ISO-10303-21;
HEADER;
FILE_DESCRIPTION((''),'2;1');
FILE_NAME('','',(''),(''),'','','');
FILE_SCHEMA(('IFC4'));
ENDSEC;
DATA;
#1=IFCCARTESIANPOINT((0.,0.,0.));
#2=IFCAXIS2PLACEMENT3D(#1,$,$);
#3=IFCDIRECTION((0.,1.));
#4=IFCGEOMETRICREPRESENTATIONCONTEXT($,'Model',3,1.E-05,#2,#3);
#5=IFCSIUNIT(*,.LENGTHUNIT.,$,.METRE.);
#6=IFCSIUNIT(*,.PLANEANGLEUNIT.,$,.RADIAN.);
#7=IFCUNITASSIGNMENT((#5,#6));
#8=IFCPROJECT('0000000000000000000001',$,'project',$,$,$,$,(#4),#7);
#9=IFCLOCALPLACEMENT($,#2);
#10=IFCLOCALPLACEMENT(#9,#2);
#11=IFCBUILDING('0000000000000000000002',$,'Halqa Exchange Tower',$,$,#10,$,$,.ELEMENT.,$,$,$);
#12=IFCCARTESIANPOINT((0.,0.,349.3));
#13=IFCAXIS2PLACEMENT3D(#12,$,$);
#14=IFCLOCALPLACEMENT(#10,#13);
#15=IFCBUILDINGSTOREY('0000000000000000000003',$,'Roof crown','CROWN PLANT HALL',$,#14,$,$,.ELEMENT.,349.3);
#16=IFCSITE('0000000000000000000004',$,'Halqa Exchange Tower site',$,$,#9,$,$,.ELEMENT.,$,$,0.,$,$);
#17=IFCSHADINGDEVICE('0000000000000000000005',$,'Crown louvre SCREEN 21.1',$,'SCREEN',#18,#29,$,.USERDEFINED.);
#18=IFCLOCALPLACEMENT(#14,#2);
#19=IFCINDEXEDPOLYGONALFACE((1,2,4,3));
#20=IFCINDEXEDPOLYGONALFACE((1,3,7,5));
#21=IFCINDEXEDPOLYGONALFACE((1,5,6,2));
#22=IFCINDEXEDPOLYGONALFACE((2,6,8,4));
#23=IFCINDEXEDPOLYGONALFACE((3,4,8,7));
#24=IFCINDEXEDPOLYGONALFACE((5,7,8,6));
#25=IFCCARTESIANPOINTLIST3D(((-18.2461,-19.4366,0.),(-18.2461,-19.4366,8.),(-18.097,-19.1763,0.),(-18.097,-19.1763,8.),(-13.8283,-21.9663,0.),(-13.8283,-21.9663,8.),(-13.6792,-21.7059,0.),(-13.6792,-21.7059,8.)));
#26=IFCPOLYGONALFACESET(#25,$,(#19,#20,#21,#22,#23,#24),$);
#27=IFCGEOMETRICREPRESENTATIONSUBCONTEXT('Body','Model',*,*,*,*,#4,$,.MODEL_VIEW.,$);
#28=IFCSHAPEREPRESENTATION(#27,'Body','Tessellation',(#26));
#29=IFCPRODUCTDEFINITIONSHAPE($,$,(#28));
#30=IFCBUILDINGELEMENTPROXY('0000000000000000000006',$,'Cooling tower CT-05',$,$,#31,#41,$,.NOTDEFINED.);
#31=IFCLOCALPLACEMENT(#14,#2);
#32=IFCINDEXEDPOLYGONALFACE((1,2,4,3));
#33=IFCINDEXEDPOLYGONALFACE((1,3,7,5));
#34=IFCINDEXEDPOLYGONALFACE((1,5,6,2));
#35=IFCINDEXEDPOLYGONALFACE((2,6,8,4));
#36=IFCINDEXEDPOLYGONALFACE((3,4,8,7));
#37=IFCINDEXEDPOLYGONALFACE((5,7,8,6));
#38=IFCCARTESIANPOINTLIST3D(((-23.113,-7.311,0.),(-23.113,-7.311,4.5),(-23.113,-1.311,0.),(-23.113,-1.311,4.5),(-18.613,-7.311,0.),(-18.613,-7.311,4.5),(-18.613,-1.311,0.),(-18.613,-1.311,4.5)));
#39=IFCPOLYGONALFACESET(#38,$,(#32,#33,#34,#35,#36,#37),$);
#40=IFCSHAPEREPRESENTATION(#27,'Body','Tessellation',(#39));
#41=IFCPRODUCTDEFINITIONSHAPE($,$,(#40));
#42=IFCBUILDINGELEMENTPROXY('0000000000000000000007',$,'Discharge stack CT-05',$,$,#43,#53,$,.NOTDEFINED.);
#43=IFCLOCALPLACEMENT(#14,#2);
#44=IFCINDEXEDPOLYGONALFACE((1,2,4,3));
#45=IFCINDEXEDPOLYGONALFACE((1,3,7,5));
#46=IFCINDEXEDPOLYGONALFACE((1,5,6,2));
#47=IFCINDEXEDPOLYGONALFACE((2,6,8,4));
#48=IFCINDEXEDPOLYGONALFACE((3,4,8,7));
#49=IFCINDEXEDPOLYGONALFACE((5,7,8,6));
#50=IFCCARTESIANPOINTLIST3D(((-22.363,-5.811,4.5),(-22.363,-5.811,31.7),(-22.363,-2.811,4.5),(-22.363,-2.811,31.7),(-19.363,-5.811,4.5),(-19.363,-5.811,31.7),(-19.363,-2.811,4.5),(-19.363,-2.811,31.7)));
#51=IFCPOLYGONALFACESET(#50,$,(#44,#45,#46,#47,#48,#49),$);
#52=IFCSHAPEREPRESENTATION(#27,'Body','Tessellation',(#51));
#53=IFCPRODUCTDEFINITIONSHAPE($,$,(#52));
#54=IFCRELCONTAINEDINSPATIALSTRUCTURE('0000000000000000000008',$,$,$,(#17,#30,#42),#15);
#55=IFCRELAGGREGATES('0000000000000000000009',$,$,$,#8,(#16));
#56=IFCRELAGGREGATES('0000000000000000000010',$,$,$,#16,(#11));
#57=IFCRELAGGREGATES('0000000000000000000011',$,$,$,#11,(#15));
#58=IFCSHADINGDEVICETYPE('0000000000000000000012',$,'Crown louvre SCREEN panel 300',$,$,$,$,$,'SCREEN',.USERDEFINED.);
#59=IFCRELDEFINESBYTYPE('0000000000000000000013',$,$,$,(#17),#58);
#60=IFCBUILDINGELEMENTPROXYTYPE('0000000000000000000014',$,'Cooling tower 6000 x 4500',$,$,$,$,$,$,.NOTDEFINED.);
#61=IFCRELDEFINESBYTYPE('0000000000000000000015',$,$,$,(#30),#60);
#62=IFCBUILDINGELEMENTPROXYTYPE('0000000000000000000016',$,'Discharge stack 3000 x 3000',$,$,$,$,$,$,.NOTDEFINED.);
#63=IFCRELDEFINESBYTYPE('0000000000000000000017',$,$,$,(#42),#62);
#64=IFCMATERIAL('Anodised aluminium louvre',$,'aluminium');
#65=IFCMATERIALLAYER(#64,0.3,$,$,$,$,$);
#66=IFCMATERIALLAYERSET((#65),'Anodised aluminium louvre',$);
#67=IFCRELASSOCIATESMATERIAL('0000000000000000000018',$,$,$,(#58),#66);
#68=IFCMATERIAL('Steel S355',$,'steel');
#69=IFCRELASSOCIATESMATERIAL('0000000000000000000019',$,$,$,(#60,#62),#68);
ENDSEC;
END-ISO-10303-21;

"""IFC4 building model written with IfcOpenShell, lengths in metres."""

from ifc_helpers import new_model, si_unit, direction, frame, origin, origin_2d, place, context, subcontext, project, spatial, rectangle, extrude, material, layer, layer_set, type_object, element, save


model = new_model("IFC4")

# Units and contexts
model_context = context("Model", 3, precision=1e-05, world=origin(), true_north=direction((0.0, 1.0)))
body_context = subcontext(model_context, "Body", "Model", "MODEL_VIEW")
ifc_project = project(units=[si_unit("LENGTHUNIT", "METRE"), si_unit("PLANEANGLEUNIT", "RADIAN")], contexts=[model_context])

# Site, building, storey
site_placement = place(None, origin())
site = spatial("IfcSite", under=ifc_project, at=site_placement, Name="Halqa Exchange Tower site", CompositionType="ELEMENT", RefElevation=0.0)
building_placement = place(site_placement, origin())
building = spatial("IfcBuilding", under=site, at=building_placement, Name="Halqa Exchange Tower", CompositionType="ELEMENT")
storey_placement = place(building_placement, frame((0.0, 0.0, 349.3)))
storey = spatial("IfcBuildingStorey", under=building, at=storey_placement, Name="Roof crown", Description="CROWN PLANT HALL", CompositionType="ELEMENT", Elevation=349.3)

# Shared definitions
ifc_material_1 = material(Name="Steel S355", Category="steel")

# Shading device
ifc_material_2 = material(Name="Anodised aluminium louvre", Category="aluminium")
ifc_layer_1 = layer(ifc_material_2, 0.3)
ifc_layer_set_1 = layer_set([ifc_layer_1], Name="Anodised aluminium louvre")
shading_device_type = type_object("IfcShadingDeviceType", Name="Crown louvre SCREEN panel 300", ElementType="SCREEN", PredefinedType="USERDEFINED", material=ifc_layer_set_1)
shading_device_1_placement = place(storey_placement, frame((-15.9626, -20.5713, 0.0), z_axis=(0.0, 0.0, 1.0), x_axis=(0.867804, -0.496907, 0.0)))
element("IfcShadingDevice", 1, at=shading_device_1_placement, inside=storey, type_object=shading_device_type, Name="Crown louvre SCREEN 21.1", ObjectType="SCREEN", PredefinedType="USERDEFINED", context=body_context, shape_type="SweptSolid", body=[
    extrude(rectangle(XDim=5.0908, YDim=0.3, at=origin_2d()), origin(), (0.0, 0.0, 1.0), 8.0),
])

# Building element proxies
building_element_proxy_type_1 = type_object("IfcBuildingElementProxyType", Name="Cooling tower 6000 x 4500", PredefinedType="NOTDEFINED", material=ifc_material_1)
proxy_1_placement = place(storey_placement, frame((-20.863, -4.311, 0.0), z_axis=(0.0, 0.0, 1.0), x_axis=(0.0, 1.0, 0.0)))
element("IfcBuildingElementProxy", 2, at=proxy_1_placement, inside=storey, type_object=building_element_proxy_type_1, Name="Cooling tower CT-05", PredefinedType="NOTDEFINED", context=body_context, shape_type="SweptSolid", body=[
    extrude(rectangle(XDim=6.0, YDim=4.5, at=origin_2d()), origin(), (0.0, 0.0, 1.0), 4.5),
])
building_element_proxy_type_2 = type_object("IfcBuildingElementProxyType", Name="Discharge stack 3000 x 3000", PredefinedType="NOTDEFINED", material=ifc_material_1)
proxy_2_placement = place(storey_placement, frame((-20.863, -4.311, 4.5), z_axis=(0.0, 0.0, 1.0), x_axis=(1.0, 0.0, 0.0)))
element("IfcBuildingElementProxy", 3, at=proxy_2_placement, inside=storey, type_object=building_element_proxy_type_2, Name="Discharge stack CT-05", PredefinedType="NOTDEFINED", context=body_context, shape_type="SweptSolid", body=[
    extrude(rectangle(XDim=3.0, YDim=3.0, at=origin_2d()), origin(), (0.0, 0.0, 1.0), 27.2),
])

save(model, "model.ifc")
